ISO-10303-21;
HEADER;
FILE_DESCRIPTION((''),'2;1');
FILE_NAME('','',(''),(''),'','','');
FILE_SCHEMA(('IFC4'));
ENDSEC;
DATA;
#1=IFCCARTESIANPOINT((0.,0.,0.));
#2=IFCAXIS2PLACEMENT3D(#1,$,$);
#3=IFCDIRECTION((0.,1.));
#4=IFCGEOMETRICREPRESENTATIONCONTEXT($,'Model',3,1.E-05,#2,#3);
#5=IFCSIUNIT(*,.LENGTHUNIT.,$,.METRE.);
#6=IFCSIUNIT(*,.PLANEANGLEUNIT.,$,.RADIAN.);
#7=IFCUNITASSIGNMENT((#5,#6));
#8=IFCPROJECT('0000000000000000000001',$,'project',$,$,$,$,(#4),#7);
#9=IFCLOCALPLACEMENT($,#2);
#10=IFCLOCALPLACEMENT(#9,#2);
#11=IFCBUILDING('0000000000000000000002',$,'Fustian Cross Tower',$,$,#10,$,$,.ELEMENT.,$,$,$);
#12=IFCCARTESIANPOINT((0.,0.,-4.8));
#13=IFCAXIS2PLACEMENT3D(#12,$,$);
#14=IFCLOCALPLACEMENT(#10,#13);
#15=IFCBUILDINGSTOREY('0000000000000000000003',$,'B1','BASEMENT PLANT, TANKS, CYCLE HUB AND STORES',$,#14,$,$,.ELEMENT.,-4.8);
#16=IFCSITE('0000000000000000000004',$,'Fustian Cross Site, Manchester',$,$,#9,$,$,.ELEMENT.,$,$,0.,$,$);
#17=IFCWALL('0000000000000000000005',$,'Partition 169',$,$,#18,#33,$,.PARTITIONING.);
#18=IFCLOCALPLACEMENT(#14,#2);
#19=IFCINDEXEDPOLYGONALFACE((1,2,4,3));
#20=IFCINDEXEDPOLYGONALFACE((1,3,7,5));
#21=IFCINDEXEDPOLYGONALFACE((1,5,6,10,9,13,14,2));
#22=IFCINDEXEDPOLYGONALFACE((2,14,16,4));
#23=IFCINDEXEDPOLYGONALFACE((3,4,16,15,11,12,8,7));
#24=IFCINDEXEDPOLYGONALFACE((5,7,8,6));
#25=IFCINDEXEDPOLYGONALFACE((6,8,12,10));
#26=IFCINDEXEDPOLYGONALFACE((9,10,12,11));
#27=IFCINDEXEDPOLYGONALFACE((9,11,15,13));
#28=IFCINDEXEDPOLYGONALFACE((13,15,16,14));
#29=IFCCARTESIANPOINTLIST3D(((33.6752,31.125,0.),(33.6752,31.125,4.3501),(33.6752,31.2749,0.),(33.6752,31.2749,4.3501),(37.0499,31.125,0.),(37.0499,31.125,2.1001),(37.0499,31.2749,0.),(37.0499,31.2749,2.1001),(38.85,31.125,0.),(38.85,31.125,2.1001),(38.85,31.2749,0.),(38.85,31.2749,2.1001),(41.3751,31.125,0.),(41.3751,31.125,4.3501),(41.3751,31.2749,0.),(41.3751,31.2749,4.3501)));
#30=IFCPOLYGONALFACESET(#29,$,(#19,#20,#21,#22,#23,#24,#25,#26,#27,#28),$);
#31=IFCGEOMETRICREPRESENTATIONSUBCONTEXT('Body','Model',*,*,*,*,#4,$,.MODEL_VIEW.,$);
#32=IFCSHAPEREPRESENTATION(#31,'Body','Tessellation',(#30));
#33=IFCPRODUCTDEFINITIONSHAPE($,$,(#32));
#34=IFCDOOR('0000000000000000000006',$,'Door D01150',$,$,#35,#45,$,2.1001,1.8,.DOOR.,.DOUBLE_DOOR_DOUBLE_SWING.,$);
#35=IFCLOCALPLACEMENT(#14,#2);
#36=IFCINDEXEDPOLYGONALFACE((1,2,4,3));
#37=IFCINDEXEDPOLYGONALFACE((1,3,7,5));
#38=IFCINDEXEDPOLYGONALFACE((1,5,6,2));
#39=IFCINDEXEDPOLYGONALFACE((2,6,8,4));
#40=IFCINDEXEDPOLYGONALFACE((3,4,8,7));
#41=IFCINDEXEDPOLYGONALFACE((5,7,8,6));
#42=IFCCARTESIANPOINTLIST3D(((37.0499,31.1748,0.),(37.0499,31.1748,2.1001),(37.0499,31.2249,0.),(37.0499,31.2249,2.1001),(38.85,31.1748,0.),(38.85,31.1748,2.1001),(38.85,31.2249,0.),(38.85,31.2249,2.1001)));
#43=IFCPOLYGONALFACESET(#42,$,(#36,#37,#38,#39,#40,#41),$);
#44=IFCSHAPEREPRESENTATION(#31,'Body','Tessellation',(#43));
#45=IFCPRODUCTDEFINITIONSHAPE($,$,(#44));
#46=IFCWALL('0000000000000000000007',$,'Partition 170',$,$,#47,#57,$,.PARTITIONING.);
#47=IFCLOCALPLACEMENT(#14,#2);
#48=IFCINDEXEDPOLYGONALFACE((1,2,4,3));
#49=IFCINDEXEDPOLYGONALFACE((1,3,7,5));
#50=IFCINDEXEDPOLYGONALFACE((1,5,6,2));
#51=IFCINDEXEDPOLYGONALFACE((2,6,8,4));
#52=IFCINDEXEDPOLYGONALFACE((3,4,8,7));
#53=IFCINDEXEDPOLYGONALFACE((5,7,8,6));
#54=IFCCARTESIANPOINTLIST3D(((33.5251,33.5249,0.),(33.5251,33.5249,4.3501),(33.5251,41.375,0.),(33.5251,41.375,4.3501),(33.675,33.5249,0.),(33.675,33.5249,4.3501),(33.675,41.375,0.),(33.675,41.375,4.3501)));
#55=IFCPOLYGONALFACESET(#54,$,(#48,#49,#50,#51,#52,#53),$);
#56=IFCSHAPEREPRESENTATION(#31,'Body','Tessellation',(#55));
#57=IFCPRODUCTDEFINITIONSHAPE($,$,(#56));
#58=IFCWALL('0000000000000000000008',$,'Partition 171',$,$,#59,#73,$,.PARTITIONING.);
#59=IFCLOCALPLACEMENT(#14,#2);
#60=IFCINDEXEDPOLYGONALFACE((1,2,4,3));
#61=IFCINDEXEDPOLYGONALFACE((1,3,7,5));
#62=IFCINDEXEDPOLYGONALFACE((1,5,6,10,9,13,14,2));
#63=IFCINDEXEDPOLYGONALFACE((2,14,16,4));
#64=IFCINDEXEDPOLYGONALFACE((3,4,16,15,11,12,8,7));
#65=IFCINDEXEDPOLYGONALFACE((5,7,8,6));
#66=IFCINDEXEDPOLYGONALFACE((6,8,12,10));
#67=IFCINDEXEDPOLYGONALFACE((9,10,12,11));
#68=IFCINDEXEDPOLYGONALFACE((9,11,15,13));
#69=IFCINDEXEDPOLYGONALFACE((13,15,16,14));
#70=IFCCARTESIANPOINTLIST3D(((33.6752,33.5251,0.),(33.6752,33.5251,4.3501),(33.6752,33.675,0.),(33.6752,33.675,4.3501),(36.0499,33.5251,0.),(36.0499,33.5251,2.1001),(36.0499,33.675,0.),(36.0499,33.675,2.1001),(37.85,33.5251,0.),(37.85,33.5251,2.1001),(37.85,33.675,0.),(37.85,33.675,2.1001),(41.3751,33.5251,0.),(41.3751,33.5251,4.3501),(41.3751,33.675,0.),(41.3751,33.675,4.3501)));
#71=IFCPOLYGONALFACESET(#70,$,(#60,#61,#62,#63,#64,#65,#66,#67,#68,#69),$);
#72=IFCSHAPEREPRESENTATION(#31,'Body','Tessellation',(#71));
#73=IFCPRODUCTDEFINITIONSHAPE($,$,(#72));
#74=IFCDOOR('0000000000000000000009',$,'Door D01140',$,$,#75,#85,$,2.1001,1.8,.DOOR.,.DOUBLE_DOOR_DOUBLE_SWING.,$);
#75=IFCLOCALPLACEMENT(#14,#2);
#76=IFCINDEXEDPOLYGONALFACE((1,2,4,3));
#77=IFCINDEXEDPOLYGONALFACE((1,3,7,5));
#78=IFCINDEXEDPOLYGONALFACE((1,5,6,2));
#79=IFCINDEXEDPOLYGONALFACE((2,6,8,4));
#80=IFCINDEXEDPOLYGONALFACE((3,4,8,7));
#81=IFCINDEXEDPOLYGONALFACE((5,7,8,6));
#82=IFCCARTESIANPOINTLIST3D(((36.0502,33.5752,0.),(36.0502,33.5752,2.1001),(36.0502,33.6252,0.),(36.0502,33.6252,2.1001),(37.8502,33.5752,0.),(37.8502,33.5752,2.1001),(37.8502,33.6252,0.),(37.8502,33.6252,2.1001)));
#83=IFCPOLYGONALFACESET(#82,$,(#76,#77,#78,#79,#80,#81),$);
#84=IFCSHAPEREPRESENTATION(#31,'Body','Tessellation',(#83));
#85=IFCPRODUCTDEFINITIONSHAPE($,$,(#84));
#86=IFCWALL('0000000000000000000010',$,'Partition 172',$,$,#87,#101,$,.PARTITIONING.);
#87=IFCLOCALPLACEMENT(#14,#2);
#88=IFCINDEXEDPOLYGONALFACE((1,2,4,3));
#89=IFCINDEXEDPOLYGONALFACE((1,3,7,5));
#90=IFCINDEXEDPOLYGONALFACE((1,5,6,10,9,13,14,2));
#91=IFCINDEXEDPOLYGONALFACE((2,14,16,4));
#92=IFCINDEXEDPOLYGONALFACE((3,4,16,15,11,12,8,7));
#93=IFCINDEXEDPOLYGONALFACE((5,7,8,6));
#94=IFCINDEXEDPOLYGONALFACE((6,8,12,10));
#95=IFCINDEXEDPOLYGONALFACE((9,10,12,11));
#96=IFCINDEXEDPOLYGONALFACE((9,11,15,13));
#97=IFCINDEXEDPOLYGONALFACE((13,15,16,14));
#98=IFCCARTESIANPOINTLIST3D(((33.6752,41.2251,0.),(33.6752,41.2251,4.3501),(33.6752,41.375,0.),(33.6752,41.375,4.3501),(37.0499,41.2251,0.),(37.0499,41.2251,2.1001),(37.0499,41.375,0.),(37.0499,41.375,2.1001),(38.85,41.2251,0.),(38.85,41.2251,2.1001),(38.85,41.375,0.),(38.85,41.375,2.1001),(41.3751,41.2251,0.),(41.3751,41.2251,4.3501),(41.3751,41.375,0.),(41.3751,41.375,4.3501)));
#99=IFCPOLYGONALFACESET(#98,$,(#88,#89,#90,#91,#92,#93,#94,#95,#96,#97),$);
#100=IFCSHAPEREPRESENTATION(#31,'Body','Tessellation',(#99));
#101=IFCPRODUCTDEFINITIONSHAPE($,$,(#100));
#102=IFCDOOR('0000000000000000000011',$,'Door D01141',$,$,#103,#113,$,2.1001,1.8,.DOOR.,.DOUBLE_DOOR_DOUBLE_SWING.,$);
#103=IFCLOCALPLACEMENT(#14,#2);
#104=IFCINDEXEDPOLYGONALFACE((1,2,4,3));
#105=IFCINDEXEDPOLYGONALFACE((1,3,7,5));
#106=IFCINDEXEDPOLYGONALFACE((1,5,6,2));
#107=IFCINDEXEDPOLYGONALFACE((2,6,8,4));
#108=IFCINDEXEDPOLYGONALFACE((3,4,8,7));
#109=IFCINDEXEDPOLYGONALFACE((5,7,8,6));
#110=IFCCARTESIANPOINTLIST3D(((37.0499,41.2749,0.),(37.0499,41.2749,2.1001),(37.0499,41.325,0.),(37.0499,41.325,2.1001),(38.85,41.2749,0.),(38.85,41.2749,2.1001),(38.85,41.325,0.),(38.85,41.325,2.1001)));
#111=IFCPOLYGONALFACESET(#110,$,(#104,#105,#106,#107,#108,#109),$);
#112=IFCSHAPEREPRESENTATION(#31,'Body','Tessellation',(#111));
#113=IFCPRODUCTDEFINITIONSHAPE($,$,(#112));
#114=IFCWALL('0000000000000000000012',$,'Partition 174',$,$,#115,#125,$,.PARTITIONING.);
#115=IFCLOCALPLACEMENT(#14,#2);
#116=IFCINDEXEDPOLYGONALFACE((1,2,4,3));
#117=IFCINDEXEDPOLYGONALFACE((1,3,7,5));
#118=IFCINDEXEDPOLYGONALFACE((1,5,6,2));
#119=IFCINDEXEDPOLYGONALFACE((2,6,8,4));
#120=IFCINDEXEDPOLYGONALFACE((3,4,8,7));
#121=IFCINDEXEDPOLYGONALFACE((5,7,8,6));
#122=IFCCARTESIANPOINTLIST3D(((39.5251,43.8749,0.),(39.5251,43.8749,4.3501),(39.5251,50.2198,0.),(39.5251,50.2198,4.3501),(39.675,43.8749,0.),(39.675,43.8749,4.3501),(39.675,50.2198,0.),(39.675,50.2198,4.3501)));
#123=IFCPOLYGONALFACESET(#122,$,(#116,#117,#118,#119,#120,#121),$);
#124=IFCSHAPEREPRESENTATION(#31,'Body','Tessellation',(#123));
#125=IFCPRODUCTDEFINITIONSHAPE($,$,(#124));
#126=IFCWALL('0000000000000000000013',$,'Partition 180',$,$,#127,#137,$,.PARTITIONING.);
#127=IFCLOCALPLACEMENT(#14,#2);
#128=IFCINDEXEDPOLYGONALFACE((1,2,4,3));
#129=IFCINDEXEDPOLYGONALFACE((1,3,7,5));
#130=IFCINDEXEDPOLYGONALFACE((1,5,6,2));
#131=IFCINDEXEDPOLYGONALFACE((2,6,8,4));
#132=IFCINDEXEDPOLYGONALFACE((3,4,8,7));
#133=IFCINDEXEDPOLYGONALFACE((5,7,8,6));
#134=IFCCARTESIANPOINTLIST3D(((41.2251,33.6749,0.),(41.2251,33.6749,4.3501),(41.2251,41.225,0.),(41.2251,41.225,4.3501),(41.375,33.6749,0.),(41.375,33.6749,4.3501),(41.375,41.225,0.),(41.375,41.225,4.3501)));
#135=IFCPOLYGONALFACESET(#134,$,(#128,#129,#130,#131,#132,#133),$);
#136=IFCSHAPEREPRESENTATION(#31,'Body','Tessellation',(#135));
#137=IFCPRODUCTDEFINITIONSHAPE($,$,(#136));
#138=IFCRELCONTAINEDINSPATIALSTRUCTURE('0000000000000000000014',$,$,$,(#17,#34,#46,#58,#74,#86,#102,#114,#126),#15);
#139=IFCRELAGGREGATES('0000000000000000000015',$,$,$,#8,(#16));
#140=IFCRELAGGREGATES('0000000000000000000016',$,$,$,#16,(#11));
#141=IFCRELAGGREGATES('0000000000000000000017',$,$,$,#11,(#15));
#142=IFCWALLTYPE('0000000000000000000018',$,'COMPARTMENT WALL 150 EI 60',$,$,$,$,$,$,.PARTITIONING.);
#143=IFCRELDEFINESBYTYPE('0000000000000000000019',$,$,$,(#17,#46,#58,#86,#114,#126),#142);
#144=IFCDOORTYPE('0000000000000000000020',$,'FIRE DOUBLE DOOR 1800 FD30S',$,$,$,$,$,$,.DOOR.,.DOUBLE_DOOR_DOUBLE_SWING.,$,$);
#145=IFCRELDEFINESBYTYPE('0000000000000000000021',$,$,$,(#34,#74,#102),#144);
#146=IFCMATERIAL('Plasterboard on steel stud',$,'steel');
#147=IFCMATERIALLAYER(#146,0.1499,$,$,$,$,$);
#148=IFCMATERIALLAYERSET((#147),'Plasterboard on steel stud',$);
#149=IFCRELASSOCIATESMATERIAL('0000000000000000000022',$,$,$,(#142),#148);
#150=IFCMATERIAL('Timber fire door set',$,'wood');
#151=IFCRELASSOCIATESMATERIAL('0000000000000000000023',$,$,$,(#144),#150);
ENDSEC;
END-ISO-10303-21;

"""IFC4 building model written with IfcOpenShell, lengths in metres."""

from ifc_helpers import new_model, si_unit, direction, frame, frame_2d, origin, place, context, subcontext, project, spatial, rectangle, extrude, material, layer, layer_set, type_object, element, fill, save


model = new_model("IFC4")

# Units and contexts
model_context = context("Model", 3, precision=1e-05, world=origin(), true_north=direction((0.0, 1.0)))
body_context = subcontext(model_context, "Body", "Model", "MODEL_VIEW")
ifc_project = project(units=[si_unit("LENGTHUNIT", "METRE"), si_unit("PLANEANGLEUNIT", "RADIAN")], contexts=[model_context])

# Site, building, storey
site_placement = place(None, origin())
site = spatial("IfcSite", under=ifc_project, at=site_placement, Name="Fustian Cross Site, Manchester", CompositionType="ELEMENT", RefElevation=0.0)
building_placement = place(site_placement, origin())
building = spatial("IfcBuilding", under=site, at=building_placement, Name="Fustian Cross Tower", CompositionType="ELEMENT")
storey_placement = place(building_placement, frame((0.0, 0.0, -4.8)))
storey = spatial("IfcBuildingStorey", under=building, at=storey_placement, Name="B1", Description="BASEMENT PLANT, TANKS, CYCLE HUB AND STORES", CompositionType="ELEMENT", Elevation=-4.8)

# Wall, opening, door
ifc_material_1 = material(Name="Plasterboard on steel stud", Category="steel")
ifc_layer = layer(ifc_material_1, 0.1499)
ifc_layer_set = layer_set([ifc_layer], Name="Plasterboard on steel stud")
wall_type = type_object("IfcWallType", Name="COMPARTMENT WALL 150 EI 60", PredefinedType="PARTITIONING", material=ifc_layer_set)
wall_1_placement = place(storey_placement, frame((33.675, 31.2, 0.0), z_axis=(0.0, 0.0, 1.0), x_axis=(1.0, 0.0, 0.0)))
wall_1 = element("IfcWall", 1, at=wall_1_placement, inside=storey, type_object=wall_type, Name="Partition 169", PredefinedType="PARTITIONING", context=body_context, shape_type="SweptSolid", body=[
    extrude(rectangle(XDim=7.7, YDim=0.1499, at=frame_2d((3.8501, 0.0))), origin(), (0.0, 0.0, 1.0), 4.3501),
])
opening_1_placement = place(wall_1_placement, frame((3.375, 0.0, 0.0)))
opening_1 = element("IfcOpeningElement", 2, at=opening_1_placement, cuts=wall_1, PredefinedType="OPENING", context=body_context, shape_type="SweptSolid", body=[
    extrude(rectangle(XDim=1.8, YDim=2.1001, at=frame_2d((0.8999, 1.05))), frame((0.0, 0.085, 0.0), z_axis=(0.0, -1.0, 0.0), x_axis=(1.0, 0.0, 0.0)), (0.0, 0.0, 1.0), 0.1699),
])
ifc_material_2 = material(Name="Timber fire door set", Category="wood")
door_type = type_object("IfcDoorType", Name="FIRE DOUBLE DOOR 1800 FD30S", OperationType="DOUBLE_DOOR_DOUBLE_SWING", PredefinedType="DOOR", material=ifc_material_2)
door_1_placement = place(opening_1_placement, origin())
door_1 = element("IfcDoor", 3, at=door_1_placement, inside=storey, type_object=door_type, Name="Door D01150", OperationType="DOUBLE_DOOR_DOUBLE_SWING", OverallHeight=2.1001, OverallWidth=1.8, PredefinedType="DOOR", context=body_context, shape_type="SweptSolid", body=[
    extrude(rectangle(XDim=1.8, YDim=2.1001, at=frame_2d((0.8999, 1.05))), frame((0.0, 0.0249, 0.0), z_axis=(0.0, -1.0, 0.0), x_axis=(1.0, 0.0, 0.0)), (0.0, 0.0, 1.0), 0.05),
])
fill(opening_1, door_1)

# Wall
wall_2_placement = place(storey_placement, frame((33.6001, 33.5249, 0.0), z_axis=(0.0, 0.0, 1.0), x_axis=(0.0, 1.0, 0.0)))
element("IfcWall", 4, at=wall_2_placement, inside=storey, type_object=wall_type, Name="Partition 170", PredefinedType="PARTITIONING", context=body_context, shape_type="SweptSolid", body=[
    extrude(rectangle(XDim=7.8501, YDim=0.1499, at=frame_2d((3.925, 0.0))), origin(), (0.0, 0.0, 1.0), 4.3501),
])

# Walls, openings, doors
wall_3_placement = place(storey_placement, frame((33.675, 33.6001, 0.0), z_axis=(0.0, 0.0, 1.0), x_axis=(1.0, 0.0, 0.0)))
wall_3 = element("IfcWall", 5, at=wall_3_placement, inside=storey, type_object=wall_type, Name="Partition 171", PredefinedType="PARTITIONING", context=body_context, shape_type="SweptSolid", body=[
    extrude(rectangle(XDim=7.7, YDim=0.1499, at=frame_2d((3.8501, 0.0))), origin(), (0.0, 0.0, 1.0), 4.3501),
])
opening_2_placement = place(wall_3_placement, frame((2.375, 0.0, 0.0)))
opening_2 = element("IfcOpeningElement", 6, at=opening_2_placement, cuts=wall_3, PredefinedType="OPENING", context=body_context, shape_type="SweptSolid", body=[
    extrude(rectangle(XDim=1.8, YDim=2.1001, at=frame_2d((0.8999, 1.05))), frame((0.0, 0.085, 0.0), z_axis=(0.0, -1.0, 0.0), x_axis=(1.0, 0.0, 0.0)), (0.0, 0.0, 1.0), 0.1699),
])
door_2_placement = place(opening_2_placement, frame((1.8, 0.0, 0.0), z_axis=(0.0, 0.0, 1.0), x_axis=(-1.0, 0.0, 0.0)))
door_2 = element("IfcDoor", 7, at=door_2_placement, inside=storey, type_object=door_type, Name="Door D01140", OperationType="DOUBLE_DOOR_DOUBLE_SWING", OverallHeight=2.1001, OverallWidth=1.8, PredefinedType="DOOR", context=body_context, shape_type="SweptSolid", body=[
    extrude(rectangle(XDim=1.8, YDim=2.1001, at=frame_2d((0.8999, 1.05))), frame((0.0, 0.0249, 0.0), z_axis=(0.0, -1.0, 0.0), x_axis=(1.0, 0.0, 0.0)), (0.0, 0.0, 1.0), 0.05),
])
fill(opening_2, door_2)
wall_4_placement = place(storey_placement, frame((33.675, 41.3, 0.0), z_axis=(0.0, 0.0, 1.0), x_axis=(1.0, 0.0, 0.0)))
wall_4 = element("IfcWall", 8, at=wall_4_placement, inside=storey, type_object=wall_type, Name="Partition 172", PredefinedType="PARTITIONING", context=body_context, shape_type="SweptSolid", body=[
    extrude(rectangle(XDim=7.7, YDim=0.1499, at=frame_2d((3.8501, 0.0))), origin(), (0.0, 0.0, 1.0), 4.3501),
])
opening_3_placement = place(wall_4_placement, frame((3.375, 0.0, 0.0)))
opening_3 = element("IfcOpeningElement", 9, at=opening_3_placement, cuts=wall_4, PredefinedType="OPENING", context=body_context, shape_type="SweptSolid", body=[
    extrude(rectangle(XDim=1.8, YDim=2.1001, at=frame_2d((0.8999, 1.05))), frame((0.0, 0.085, 0.0), z_axis=(0.0, -1.0, 0.0), x_axis=(1.0, 0.0, 0.0)), (0.0, 0.0, 1.0), 0.1699),
])
door_3_placement = place(opening_3_placement, origin())
door_3 = element("IfcDoor", 10, at=door_3_placement, inside=storey, type_object=door_type, Name="Door D01141", OperationType="DOUBLE_DOOR_DOUBLE_SWING", OverallHeight=2.1001, OverallWidth=1.8, PredefinedType="DOOR", context=body_context, shape_type="SweptSolid", body=[
    extrude(rectangle(XDim=1.8, YDim=2.1001, at=frame_2d((0.8999, 1.05))), frame((0.0, 0.0249, 0.0), z_axis=(0.0, -1.0, 0.0), x_axis=(1.0, 0.0, 0.0)), (0.0, 0.0, 1.0), 0.05),
])
fill(opening_3, door_3)

# Walls
wall_5_placement = place(storey_placement, frame((39.6001, 43.875, 0.0), z_axis=(0.0, 0.0, 1.0), x_axis=(0.0, 1.0, 0.0)))
element("IfcWall", 11, at=wall_5_placement, inside=storey, type_object=wall_type, Name="Partition 174", PredefinedType="PARTITIONING", context=body_context, shape_type="SweptSolid", body=[
    extrude(rectangle(XDim=6.345, YDim=0.1499, at=frame_2d((3.1724, 0.0))), origin(), (0.0, 0.0, 1.0), 4.3501),
])
wall_6_placement = place(storey_placement, frame((41.3, 33.675, 0.0), z_axis=(0.0, 0.0, 1.0), x_axis=(0.0, 1.0, 0.0)))
element("IfcWall", 12, at=wall_6_placement, inside=storey, type_object=wall_type, Name="Partition 180", PredefinedType="PARTITIONING", context=body_context, shape_type="SweptSolid", body=[
    extrude(rectangle(XDim=7.55, YDim=0.1499, at=frame_2d((3.7749, 0.0))), origin(), (0.0, 0.0, 1.0), 4.3501),
])

save(model, "model.ifc")
